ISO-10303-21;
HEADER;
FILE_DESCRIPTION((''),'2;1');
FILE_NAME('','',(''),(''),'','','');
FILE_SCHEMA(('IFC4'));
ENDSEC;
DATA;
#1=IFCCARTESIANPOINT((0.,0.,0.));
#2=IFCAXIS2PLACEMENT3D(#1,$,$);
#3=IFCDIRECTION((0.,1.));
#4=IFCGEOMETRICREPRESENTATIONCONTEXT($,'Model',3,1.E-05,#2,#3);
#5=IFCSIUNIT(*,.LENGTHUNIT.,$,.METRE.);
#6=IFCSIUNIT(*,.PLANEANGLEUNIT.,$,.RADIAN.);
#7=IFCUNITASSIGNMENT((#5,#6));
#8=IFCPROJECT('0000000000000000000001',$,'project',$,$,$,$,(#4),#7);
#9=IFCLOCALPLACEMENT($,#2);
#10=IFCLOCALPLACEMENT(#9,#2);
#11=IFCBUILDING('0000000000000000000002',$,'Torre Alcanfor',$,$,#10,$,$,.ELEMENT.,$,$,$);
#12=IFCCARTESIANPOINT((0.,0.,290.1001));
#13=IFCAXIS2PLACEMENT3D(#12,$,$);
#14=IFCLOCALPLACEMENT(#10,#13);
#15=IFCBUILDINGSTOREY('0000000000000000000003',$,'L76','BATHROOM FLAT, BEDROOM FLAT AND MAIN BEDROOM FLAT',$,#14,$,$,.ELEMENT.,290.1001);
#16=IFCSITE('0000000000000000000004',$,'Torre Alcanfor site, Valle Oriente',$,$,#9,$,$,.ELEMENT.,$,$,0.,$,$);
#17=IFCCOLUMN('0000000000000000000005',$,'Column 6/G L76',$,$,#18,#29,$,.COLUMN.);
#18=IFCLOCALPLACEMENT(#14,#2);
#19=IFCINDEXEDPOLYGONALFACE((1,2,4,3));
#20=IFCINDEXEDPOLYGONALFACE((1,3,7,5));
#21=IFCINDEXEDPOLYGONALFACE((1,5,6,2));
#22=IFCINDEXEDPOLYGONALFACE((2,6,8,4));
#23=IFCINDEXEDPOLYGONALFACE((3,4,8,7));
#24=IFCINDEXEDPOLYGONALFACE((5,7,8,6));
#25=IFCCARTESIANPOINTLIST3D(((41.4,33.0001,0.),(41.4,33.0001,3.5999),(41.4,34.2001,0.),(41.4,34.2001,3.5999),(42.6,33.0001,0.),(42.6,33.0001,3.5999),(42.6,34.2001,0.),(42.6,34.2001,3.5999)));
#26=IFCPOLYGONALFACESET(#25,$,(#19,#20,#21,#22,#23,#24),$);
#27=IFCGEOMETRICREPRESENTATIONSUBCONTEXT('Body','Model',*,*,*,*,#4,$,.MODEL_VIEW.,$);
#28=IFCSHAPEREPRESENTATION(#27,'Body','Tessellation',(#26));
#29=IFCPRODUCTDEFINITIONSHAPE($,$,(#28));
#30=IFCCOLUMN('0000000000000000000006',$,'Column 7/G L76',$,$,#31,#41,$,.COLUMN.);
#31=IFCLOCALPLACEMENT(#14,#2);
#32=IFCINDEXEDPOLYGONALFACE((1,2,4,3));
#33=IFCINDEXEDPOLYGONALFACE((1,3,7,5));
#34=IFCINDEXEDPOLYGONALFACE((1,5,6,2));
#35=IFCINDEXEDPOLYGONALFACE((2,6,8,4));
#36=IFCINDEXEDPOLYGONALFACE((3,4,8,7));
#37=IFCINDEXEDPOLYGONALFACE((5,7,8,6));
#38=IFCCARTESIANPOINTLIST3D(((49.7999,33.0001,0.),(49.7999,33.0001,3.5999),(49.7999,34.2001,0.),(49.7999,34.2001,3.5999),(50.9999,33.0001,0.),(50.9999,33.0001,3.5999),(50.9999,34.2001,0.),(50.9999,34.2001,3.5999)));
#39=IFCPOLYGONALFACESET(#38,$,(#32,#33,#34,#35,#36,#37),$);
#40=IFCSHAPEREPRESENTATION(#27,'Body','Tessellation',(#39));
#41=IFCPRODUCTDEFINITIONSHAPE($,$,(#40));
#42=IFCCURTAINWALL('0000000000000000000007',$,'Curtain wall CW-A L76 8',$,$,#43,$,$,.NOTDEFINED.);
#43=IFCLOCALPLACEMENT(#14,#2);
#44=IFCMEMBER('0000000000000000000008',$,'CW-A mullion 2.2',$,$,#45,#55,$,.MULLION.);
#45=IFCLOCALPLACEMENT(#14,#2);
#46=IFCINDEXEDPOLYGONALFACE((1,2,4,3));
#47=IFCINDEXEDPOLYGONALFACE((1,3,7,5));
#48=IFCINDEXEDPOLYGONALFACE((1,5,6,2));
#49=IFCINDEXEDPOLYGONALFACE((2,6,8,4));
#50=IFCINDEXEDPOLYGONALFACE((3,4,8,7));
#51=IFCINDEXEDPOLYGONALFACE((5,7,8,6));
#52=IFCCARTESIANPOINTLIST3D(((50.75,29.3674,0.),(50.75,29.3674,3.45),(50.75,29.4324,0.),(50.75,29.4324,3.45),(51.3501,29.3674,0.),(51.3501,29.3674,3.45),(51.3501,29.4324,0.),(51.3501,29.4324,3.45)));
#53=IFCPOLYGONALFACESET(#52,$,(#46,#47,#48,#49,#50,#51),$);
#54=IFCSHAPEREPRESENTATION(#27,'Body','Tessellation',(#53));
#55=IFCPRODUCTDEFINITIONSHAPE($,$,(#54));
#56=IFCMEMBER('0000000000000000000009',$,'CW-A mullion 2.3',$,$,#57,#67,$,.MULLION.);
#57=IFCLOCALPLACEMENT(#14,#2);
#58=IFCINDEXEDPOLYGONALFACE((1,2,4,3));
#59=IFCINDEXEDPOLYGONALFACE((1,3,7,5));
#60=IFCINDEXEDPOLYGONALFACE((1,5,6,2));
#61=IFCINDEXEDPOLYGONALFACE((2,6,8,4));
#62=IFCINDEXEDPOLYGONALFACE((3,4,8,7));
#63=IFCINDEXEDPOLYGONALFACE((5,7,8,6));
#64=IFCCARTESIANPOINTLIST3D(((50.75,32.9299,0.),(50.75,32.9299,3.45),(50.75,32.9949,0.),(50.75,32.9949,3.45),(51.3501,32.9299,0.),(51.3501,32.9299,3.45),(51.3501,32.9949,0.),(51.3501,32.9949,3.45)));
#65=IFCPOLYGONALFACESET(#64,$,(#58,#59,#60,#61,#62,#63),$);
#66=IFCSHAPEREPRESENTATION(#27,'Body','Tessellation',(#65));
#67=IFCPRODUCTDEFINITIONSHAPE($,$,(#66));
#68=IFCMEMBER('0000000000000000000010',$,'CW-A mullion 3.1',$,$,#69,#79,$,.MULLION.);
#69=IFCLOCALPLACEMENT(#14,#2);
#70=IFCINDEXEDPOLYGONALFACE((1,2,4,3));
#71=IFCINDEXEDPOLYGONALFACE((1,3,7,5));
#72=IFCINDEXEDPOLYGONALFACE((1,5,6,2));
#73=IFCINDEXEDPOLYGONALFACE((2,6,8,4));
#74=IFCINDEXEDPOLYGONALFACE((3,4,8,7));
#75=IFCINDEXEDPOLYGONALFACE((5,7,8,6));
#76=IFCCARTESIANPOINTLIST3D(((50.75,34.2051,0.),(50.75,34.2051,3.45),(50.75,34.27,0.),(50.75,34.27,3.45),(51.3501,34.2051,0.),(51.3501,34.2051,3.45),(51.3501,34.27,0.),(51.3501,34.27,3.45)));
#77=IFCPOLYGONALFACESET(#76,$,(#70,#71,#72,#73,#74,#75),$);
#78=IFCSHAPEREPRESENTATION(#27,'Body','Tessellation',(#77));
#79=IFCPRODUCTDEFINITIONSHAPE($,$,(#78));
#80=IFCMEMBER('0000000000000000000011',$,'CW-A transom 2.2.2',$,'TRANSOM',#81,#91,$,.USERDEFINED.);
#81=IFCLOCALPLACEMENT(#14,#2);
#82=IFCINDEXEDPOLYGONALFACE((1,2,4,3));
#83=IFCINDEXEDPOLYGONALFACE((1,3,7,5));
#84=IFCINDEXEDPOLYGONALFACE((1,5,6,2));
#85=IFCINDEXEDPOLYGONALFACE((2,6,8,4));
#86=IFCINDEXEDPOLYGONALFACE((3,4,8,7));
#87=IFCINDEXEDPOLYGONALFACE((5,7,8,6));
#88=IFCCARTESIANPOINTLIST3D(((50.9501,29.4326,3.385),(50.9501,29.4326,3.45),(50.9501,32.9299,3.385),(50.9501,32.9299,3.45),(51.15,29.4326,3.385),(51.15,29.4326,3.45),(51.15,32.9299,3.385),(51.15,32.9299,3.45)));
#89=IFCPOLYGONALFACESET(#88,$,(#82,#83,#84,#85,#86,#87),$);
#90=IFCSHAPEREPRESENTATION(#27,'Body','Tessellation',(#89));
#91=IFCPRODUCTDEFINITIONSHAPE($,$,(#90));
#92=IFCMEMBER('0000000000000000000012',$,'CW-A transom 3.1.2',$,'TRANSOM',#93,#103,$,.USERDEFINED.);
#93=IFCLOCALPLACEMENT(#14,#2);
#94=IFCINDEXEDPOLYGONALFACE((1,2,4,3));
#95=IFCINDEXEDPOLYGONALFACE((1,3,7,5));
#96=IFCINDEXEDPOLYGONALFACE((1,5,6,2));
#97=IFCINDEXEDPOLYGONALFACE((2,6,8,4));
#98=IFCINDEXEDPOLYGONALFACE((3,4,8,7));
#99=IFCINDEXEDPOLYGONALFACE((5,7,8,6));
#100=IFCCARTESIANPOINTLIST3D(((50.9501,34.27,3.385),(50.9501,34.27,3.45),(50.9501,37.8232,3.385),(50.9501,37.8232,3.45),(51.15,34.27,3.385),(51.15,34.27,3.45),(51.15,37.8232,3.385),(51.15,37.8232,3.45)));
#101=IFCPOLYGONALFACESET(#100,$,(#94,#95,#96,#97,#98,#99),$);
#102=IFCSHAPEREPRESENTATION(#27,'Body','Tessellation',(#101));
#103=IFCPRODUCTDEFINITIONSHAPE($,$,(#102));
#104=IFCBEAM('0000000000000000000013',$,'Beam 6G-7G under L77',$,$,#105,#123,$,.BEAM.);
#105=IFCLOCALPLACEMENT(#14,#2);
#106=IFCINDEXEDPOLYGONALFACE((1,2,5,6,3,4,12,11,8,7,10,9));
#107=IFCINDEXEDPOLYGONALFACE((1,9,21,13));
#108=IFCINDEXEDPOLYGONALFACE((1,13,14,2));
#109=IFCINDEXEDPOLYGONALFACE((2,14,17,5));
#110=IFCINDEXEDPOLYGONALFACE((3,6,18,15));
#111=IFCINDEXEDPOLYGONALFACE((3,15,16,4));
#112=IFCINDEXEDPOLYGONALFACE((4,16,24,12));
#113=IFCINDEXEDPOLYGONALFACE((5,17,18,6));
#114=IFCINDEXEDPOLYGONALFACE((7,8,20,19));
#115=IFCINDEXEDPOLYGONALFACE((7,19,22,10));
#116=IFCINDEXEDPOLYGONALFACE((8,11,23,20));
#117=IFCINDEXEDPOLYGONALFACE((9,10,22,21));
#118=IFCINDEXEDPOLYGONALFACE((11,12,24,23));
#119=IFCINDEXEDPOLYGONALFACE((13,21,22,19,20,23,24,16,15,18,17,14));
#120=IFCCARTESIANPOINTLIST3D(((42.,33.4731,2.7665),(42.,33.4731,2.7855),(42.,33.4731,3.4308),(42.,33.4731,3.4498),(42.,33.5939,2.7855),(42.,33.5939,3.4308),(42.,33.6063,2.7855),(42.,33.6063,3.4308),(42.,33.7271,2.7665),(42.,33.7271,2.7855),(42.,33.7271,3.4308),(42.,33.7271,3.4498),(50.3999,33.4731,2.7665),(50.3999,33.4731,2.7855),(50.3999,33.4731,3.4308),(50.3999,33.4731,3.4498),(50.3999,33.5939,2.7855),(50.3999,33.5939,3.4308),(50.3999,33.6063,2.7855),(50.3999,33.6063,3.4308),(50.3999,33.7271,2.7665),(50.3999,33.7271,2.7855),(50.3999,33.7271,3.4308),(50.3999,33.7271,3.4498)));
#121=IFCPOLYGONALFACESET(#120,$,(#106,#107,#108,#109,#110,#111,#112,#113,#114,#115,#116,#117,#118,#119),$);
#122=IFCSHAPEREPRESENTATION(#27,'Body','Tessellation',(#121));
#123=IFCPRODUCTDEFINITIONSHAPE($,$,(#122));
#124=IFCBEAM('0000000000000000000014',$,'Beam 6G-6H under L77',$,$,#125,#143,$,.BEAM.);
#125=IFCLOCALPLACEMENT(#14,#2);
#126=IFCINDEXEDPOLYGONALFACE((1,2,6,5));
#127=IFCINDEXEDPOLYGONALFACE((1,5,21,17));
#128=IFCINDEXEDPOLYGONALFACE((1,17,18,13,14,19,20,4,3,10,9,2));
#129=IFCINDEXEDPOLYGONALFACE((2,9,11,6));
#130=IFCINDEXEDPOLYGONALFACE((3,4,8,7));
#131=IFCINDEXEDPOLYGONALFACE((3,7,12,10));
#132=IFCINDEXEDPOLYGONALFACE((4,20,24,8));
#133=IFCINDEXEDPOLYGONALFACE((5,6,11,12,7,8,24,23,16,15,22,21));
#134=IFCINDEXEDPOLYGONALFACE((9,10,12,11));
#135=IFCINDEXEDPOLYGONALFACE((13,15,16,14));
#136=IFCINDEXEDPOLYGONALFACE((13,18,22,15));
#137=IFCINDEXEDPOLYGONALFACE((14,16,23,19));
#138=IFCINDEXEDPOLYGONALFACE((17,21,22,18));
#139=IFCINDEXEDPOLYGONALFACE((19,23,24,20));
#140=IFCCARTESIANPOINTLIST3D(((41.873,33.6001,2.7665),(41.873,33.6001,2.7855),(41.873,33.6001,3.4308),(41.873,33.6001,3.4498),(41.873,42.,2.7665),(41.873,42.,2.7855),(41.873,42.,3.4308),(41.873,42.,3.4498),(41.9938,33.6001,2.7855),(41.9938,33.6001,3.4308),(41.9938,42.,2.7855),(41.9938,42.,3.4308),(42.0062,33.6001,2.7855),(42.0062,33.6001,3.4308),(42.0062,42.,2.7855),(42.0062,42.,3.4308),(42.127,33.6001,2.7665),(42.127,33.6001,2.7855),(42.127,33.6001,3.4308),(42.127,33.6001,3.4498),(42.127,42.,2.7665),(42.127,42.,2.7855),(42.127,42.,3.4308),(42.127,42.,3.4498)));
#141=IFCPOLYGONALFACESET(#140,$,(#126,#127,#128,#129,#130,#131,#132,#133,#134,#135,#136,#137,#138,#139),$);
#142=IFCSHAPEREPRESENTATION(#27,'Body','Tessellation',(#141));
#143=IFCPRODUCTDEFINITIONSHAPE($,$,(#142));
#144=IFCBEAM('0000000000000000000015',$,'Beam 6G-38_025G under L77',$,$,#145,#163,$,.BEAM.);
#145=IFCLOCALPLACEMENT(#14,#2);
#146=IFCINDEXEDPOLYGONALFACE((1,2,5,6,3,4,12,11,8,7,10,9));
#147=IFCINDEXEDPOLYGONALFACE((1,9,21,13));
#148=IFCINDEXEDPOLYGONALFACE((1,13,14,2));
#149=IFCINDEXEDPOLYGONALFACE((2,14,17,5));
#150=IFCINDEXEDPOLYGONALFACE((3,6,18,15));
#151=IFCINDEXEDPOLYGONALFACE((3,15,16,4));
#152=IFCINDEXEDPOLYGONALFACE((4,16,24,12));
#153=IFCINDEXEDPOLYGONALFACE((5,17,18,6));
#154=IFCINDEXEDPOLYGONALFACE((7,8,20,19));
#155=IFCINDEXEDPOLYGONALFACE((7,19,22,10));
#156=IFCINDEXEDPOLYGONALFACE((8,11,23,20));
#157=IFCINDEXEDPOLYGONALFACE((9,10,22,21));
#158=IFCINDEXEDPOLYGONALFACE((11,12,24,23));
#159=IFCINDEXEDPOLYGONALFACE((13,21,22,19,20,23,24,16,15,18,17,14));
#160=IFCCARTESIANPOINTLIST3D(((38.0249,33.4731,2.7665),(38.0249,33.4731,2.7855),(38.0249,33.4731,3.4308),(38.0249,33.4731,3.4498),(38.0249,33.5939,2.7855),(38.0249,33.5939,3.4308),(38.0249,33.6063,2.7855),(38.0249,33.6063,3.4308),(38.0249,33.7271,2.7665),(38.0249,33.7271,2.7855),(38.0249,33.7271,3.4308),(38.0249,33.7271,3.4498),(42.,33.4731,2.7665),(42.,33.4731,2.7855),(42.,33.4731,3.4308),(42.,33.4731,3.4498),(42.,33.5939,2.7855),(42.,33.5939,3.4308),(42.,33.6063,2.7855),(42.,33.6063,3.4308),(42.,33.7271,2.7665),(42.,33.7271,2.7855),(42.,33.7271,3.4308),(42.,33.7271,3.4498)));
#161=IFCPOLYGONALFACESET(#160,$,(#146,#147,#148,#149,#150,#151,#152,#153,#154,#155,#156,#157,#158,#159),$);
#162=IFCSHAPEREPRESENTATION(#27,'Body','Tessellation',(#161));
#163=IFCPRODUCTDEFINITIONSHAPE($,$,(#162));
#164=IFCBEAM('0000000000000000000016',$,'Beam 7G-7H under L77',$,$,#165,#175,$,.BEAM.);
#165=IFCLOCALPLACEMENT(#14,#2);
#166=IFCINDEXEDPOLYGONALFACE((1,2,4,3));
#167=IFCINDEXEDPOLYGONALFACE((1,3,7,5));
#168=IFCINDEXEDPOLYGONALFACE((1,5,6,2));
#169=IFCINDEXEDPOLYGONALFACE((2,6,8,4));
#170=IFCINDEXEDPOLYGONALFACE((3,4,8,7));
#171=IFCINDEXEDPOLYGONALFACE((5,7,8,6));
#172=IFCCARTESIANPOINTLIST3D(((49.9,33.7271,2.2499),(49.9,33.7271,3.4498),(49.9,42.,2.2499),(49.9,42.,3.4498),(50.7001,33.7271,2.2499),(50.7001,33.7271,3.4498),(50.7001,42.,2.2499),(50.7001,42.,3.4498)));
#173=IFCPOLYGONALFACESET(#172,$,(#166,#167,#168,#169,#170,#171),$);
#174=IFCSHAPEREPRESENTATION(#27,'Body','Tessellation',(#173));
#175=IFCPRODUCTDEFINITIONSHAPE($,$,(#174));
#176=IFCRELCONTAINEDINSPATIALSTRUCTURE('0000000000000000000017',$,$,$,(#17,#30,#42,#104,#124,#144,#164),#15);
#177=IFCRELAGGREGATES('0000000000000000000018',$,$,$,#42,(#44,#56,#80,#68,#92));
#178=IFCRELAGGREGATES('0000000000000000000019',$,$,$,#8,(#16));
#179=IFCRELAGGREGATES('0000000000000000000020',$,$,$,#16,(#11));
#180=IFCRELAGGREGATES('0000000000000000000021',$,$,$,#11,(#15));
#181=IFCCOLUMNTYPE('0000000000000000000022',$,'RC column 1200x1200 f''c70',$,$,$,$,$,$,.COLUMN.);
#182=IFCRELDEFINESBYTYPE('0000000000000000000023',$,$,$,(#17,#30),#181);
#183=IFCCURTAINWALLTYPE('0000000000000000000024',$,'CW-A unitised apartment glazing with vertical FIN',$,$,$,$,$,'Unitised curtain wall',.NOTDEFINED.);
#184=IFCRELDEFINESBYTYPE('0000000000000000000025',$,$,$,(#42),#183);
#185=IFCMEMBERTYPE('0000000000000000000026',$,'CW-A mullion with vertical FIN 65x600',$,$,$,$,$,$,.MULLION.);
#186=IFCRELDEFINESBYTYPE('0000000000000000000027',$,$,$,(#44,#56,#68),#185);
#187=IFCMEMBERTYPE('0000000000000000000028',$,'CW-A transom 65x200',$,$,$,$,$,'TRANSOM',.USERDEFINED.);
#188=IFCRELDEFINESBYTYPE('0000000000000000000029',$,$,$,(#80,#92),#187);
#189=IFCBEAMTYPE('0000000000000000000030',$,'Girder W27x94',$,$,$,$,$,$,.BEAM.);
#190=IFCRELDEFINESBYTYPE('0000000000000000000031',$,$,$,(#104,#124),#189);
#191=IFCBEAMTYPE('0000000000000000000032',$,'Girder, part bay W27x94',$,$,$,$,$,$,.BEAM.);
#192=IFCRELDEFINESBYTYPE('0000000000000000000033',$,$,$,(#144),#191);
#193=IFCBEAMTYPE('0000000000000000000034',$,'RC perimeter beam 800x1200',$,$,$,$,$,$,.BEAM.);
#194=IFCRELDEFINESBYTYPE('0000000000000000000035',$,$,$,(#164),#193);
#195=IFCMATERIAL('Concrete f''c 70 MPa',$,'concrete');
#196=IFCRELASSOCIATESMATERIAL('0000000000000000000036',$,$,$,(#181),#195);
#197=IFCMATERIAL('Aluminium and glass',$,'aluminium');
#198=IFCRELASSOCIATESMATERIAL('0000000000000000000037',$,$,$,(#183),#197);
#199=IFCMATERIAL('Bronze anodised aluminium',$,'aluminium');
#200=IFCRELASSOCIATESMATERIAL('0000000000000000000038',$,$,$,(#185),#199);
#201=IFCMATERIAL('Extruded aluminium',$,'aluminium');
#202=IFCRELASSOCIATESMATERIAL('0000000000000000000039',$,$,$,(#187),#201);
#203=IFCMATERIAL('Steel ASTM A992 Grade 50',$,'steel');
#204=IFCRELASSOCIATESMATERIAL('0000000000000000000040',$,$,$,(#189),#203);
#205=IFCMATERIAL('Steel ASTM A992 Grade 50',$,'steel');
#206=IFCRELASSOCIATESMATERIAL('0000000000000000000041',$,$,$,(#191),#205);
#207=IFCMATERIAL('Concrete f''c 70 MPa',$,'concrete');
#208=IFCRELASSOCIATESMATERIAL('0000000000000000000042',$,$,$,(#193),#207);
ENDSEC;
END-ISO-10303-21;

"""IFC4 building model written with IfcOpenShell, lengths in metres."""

from ifc_helpers import new_model, si_unit, direction, frame, origin, origin_2d, place, context, subcontext, project, spatial, rectangle, i_section, extrude, material, material_profile, profile_set, type_object, element, aggregate, save


model = new_model("IFC4")

# Units and contexts
model_context = context("Model", 3, precision=1e-05, world=origin(), true_north=direction((0.0, 1.0)))
body_context = subcontext(model_context, "Body", "Model", "MODEL_VIEW")
ifc_project = project(units=[si_unit("LENGTHUNIT", "METRE"), si_unit("PLANEANGLEUNIT", "RADIAN")], contexts=[model_context])

# Site, building, storey
site_placement = place(None, origin())
site = spatial("IfcSite", under=ifc_project, at=site_placement, Name="Torre Alcanfor site, Valle Oriente", CompositionType="ELEMENT", RefElevation=0.0)
building_placement = place(site_placement, origin())
building = spatial("IfcBuilding", under=site, at=building_placement, Name="Torre Alcanfor", CompositionType="ELEMENT")
storey_placement = place(building_placement, frame((0.0, 0.0, 290.1001)))
storey = spatial("IfcBuildingStorey", under=building, at=storey_placement, Name="L76", Description="BATHROOM FLAT, BEDROOM FLAT AND MAIN BEDROOM FLAT", CompositionType="ELEMENT", Elevation=290.1001)

# Columns
ifc_material_1 = material(Name="Concrete f'c 70 MPa", Category="concrete")
ifc_material_profile_1 = material_profile(ifc_material_1, rectangle(XDim=1.2, YDim=1.2, at=origin_2d()), Name="1200x1200")
ifc_profile_set_1 = profile_set([ifc_material_profile_1], Name="Concrete f'c 70 MPa")
column_type = type_object("IfcColumnType", Name="RC column 1200x1200 f'c70", PredefinedType="COLUMN", material=ifc_profile_set_1)
for number, where, z_axis, x_axis, name in (
    (1, (42.0, 33.6001, 0.0), (0.0, 0.0, 1.0), (1.0, 0.0, 0.0), "Column 6/G L76"),
    (2, (50.3999, 33.6001, 0.0), (0.0, 0.0, 1.0), (1.0, 0.0, 0.0), "Column 7/G L76"),
):
    element("IfcColumn", number, at=place(storey_placement, frame(where, z_axis=z_axis, x_axis=x_axis)), inside=storey, type_object=column_type, Name=name, PredefinedType="COLUMN", context=body_context, shape_type="SweptSolid", body=[
        extrude(rectangle(XDim=1.2, YDim=1.2, at=origin_2d()), origin(), (0.0, 0.0, 1.0), 3.5999),
    ])

# Curtain wall, members
ifc_material_2 = material(Name="Aluminium and glass", Category="aluminium")
curtain_wall_type = type_object("IfcCurtainWallType", Name="CW-A unitised apartment glazing with vertical FIN", ElementType="Unitised curtain wall", PredefinedType="NOTDEFINED", material=ifc_material_2)
curtain_wall_placement = place(storey_placement, origin())
curtain_wall = element("IfcCurtainWall", 3, at=curtain_wall_placement, inside=storey, type_object=curtain_wall_type, Name="Curtain wall CW-A L76 8", PredefinedType="NOTDEFINED")
ifc_material_3 = material(Name="Bronze anodised aluminium", Category="aluminium")
ifc_material_profile_2 = material_profile(ifc_material_3, rectangle(XDim=0.6001, YDim=0.0649, at=origin_2d()), Name="CW-A mullion 65x600")
ifc_profile_set_2 = profile_set([ifc_material_profile_2], Name="Bronze anodised aluminium")
member_type_1 = type_object("IfcMemberType", Name="CW-A mullion with vertical FIN 65x600", PredefinedType="MULLION", material=ifc_profile_set_2)
member_1_placement = place(storey_placement, frame((51.05, 29.3999, 0.0), z_axis=(0.0, 0.0, 1.0), x_axis=(-1.0, 0.0, 0.0)))
member_1 = element("IfcMember", 4, at=member_1_placement, type_object=member_type_1, Name="CW-A mullion 2.2", PredefinedType="MULLION", context=body_context, shape_type="SweptSolid", body=[
    extrude(rectangle(XDim=0.6001, YDim=0.0649, at=origin_2d()), origin(), (0.0, 0.0, 1.0), 3.45),
])
member_2_placement = place(storey_placement, frame((51.05, 32.9624, 0.0), z_axis=(0.0, 0.0, 1.0), x_axis=(-1.0, 0.0, 0.0)))
member_2 = element("IfcMember", 5, at=member_2_placement, type_object=member_type_1, Name="CW-A mullion 2.3", PredefinedType="MULLION", context=body_context, shape_type="SweptSolid", body=[
    extrude(rectangle(XDim=0.6001, YDim=0.0649, at=origin_2d()), origin(), (0.0, 0.0, 1.0), 3.45),
])
member_3_placement = place(storey_placement, frame((51.05, 34.2375, 0.0), z_axis=(0.0, 0.0, 1.0), x_axis=(-1.0, 0.0, 0.0)))
member_3 = element("IfcMember", 6, at=member_3_placement, type_object=member_type_1, Name="CW-A mullion 3.1", PredefinedType="MULLION", context=body_context, shape_type="SweptSolid", body=[
    extrude(rectangle(XDim=0.6001, YDim=0.0649, at=origin_2d()), origin(), (0.0, 0.0, 1.0), 3.45),
])
ifc_material_4 = material(Name="Extruded aluminium", Category="aluminium")
ifc_material_profile_3 = material_profile(ifc_material_4, rectangle(XDim=0.2, YDim=0.0649, at=origin_2d()), Name="CW-A transom 200x65")
ifc_profile_set_3 = profile_set([ifc_material_profile_3], Name="Extruded aluminium")
member_type_2 = type_object("IfcMemberType", Name="CW-A transom 65x200", ElementType="TRANSOM", PredefinedType="USERDEFINED", material=ifc_profile_set_3)
member_4_placement = place(storey_placement, frame((51.05, 29.4326, 3.4175), z_axis=(0.0, 1.0, 0.0), x_axis=(-1.0, 0.0, 0.0)))
member_4 = element("IfcMember", 7, at=member_4_placement, type_object=member_type_2, Name="CW-A transom 2.2.2", ObjectType="TRANSOM", PredefinedType="USERDEFINED", context=body_context, shape_type="SweptSolid", body=[
    extrude(rectangle(XDim=0.2, YDim=0.0649, at=origin_2d()), origin(), (0.0, 0.0, 1.0), 3.4973),
])
member_5_placement = place(storey_placement, frame((51.05, 34.27, 3.4175), z_axis=(0.0, 1.0, 0.0), x_axis=(-1.0, 0.0, 0.0)))
member_5 = element("IfcMember", 8, at=member_5_placement, type_object=member_type_2, Name="CW-A transom 3.1.2", ObjectType="TRANSOM", PredefinedType="USERDEFINED", context=body_context, shape_type="SweptSolid", body=[
    extrude(rectangle(XDim=0.2, YDim=0.0649, at=origin_2d()), origin(), (0.0, 0.0, 1.0), 3.5532),
])

# Beams
ifc_material_5 = material(Name="Steel ASTM A992 Grade 50", Category="steel")
ifc_material_profile_4 = material_profile(ifc_material_5, i_section(OverallWidth=0.2539, OverallDepth=0.6833, WebThickness=0.0125, FlangeThickness=0.019, at=origin_2d()), Name="W27x94")
ifc_profile_set_4 = profile_set([ifc_material_profile_4], Name="Steel ASTM A992 Grade 50")
beam_type_1 = type_object("IfcBeamType", Name="Girder W27x94", PredefinedType="BEAM", material=ifc_profile_set_4)
for number, where, z_axis, x_axis, name in (
    (9, (42.0, 33.6001, 3.1082), (1.0, 0.0, 0.0), (0.0, 1.0, 0.0), "Beam 6G-7G under L77"),
    (10, (42.0, 33.6001, 3.1082), (0.0, 1.0, 0.0), (-1.0, 0.0, 0.0), "Beam 6G-6H under L77"),
):
    element("IfcBeam", number, at=place(storey_placement, frame(where, z_axis=z_axis, x_axis=x_axis)), inside=storey, type_object=beam_type_1, Name=name, PredefinedType="BEAM", context=body_context, shape_type="SweptSolid", body=[
        extrude(i_section(OverallWidth=0.2539, OverallDepth=0.6833, WebThickness=0.0125, FlangeThickness=0.019, at=origin_2d()), origin(), (0.0, 0.0, 1.0), 8.3999),
    ])
ifc_material_6 = material(Name="Steel ASTM A992 Grade 50", Category="steel")
ifc_material_profile_5 = material_profile(ifc_material_6, i_section(OverallWidth=0.2539, OverallDepth=0.6833, WebThickness=0.0125, FlangeThickness=0.019, at=origin_2d()), Name="W27x94")
ifc_profile_set_5 = profile_set([ifc_material_profile_5], Name="Steel ASTM A992 Grade 50")
beam_type_2 = type_object("IfcBeamType", Name="Girder, part bay W27x94", PredefinedType="BEAM", material=ifc_profile_set_5)
beam_1_placement = place(storey_placement, frame((42.0, 33.6001, 3.1082), z_axis=(-1.0, 0.0, 0.0), x_axis=(0.0, -1.0, 0.0)))
element("IfcBeam", 11, at=beam_1_placement, inside=storey, type_object=beam_type_2, Name="Beam 6G-38_025G under L77", PredefinedType="BEAM", context=body_context, shape_type="SweptSolid", body=[
    extrude(i_section(OverallWidth=0.2539, OverallDepth=0.6833, WebThickness=0.0125, FlangeThickness=0.019, at=origin_2d()), origin(), (0.0, 0.0, 1.0), 3.9751),
])
ifc_material_7 = material(Name="Concrete f'c 70 MPa", Category="concrete")
ifc_material_profile_6 = material_profile(ifc_material_7, rectangle(XDim=0.8, YDim=1.2, at=origin_2d()), Name="800x1200")
ifc_profile_set_6 = profile_set([ifc_material_profile_6], Name="Concrete f'c 70 MPa")
beam_type_3 = type_object("IfcBeamType", Name="RC perimeter beam 800x1200", PredefinedType="BEAM", material=ifc_profile_set_6)
beam_2_placement = place(storey_placement, frame((50.3, 33.7271, 2.8499), z_axis=(0.0, 1.0, 0.0), x_axis=(-1.0, 0.0, 0.0)))
element("IfcBeam", 12, at=beam_2_placement, inside=storey, type_object=beam_type_3, Name="Beam 7G-7H under L77", PredefinedType="BEAM", context=body_context, shape_type="SweptSolid", body=[
    extrude(rectangle(XDim=0.8, YDim=1.2, at=origin_2d()), origin(), (0.0, 0.0, 1.0), 8.2729),
])

aggregate(curtain_wall, [member_1, member_2, member_4, member_3, member_5])

save(model, "model.ifc")
